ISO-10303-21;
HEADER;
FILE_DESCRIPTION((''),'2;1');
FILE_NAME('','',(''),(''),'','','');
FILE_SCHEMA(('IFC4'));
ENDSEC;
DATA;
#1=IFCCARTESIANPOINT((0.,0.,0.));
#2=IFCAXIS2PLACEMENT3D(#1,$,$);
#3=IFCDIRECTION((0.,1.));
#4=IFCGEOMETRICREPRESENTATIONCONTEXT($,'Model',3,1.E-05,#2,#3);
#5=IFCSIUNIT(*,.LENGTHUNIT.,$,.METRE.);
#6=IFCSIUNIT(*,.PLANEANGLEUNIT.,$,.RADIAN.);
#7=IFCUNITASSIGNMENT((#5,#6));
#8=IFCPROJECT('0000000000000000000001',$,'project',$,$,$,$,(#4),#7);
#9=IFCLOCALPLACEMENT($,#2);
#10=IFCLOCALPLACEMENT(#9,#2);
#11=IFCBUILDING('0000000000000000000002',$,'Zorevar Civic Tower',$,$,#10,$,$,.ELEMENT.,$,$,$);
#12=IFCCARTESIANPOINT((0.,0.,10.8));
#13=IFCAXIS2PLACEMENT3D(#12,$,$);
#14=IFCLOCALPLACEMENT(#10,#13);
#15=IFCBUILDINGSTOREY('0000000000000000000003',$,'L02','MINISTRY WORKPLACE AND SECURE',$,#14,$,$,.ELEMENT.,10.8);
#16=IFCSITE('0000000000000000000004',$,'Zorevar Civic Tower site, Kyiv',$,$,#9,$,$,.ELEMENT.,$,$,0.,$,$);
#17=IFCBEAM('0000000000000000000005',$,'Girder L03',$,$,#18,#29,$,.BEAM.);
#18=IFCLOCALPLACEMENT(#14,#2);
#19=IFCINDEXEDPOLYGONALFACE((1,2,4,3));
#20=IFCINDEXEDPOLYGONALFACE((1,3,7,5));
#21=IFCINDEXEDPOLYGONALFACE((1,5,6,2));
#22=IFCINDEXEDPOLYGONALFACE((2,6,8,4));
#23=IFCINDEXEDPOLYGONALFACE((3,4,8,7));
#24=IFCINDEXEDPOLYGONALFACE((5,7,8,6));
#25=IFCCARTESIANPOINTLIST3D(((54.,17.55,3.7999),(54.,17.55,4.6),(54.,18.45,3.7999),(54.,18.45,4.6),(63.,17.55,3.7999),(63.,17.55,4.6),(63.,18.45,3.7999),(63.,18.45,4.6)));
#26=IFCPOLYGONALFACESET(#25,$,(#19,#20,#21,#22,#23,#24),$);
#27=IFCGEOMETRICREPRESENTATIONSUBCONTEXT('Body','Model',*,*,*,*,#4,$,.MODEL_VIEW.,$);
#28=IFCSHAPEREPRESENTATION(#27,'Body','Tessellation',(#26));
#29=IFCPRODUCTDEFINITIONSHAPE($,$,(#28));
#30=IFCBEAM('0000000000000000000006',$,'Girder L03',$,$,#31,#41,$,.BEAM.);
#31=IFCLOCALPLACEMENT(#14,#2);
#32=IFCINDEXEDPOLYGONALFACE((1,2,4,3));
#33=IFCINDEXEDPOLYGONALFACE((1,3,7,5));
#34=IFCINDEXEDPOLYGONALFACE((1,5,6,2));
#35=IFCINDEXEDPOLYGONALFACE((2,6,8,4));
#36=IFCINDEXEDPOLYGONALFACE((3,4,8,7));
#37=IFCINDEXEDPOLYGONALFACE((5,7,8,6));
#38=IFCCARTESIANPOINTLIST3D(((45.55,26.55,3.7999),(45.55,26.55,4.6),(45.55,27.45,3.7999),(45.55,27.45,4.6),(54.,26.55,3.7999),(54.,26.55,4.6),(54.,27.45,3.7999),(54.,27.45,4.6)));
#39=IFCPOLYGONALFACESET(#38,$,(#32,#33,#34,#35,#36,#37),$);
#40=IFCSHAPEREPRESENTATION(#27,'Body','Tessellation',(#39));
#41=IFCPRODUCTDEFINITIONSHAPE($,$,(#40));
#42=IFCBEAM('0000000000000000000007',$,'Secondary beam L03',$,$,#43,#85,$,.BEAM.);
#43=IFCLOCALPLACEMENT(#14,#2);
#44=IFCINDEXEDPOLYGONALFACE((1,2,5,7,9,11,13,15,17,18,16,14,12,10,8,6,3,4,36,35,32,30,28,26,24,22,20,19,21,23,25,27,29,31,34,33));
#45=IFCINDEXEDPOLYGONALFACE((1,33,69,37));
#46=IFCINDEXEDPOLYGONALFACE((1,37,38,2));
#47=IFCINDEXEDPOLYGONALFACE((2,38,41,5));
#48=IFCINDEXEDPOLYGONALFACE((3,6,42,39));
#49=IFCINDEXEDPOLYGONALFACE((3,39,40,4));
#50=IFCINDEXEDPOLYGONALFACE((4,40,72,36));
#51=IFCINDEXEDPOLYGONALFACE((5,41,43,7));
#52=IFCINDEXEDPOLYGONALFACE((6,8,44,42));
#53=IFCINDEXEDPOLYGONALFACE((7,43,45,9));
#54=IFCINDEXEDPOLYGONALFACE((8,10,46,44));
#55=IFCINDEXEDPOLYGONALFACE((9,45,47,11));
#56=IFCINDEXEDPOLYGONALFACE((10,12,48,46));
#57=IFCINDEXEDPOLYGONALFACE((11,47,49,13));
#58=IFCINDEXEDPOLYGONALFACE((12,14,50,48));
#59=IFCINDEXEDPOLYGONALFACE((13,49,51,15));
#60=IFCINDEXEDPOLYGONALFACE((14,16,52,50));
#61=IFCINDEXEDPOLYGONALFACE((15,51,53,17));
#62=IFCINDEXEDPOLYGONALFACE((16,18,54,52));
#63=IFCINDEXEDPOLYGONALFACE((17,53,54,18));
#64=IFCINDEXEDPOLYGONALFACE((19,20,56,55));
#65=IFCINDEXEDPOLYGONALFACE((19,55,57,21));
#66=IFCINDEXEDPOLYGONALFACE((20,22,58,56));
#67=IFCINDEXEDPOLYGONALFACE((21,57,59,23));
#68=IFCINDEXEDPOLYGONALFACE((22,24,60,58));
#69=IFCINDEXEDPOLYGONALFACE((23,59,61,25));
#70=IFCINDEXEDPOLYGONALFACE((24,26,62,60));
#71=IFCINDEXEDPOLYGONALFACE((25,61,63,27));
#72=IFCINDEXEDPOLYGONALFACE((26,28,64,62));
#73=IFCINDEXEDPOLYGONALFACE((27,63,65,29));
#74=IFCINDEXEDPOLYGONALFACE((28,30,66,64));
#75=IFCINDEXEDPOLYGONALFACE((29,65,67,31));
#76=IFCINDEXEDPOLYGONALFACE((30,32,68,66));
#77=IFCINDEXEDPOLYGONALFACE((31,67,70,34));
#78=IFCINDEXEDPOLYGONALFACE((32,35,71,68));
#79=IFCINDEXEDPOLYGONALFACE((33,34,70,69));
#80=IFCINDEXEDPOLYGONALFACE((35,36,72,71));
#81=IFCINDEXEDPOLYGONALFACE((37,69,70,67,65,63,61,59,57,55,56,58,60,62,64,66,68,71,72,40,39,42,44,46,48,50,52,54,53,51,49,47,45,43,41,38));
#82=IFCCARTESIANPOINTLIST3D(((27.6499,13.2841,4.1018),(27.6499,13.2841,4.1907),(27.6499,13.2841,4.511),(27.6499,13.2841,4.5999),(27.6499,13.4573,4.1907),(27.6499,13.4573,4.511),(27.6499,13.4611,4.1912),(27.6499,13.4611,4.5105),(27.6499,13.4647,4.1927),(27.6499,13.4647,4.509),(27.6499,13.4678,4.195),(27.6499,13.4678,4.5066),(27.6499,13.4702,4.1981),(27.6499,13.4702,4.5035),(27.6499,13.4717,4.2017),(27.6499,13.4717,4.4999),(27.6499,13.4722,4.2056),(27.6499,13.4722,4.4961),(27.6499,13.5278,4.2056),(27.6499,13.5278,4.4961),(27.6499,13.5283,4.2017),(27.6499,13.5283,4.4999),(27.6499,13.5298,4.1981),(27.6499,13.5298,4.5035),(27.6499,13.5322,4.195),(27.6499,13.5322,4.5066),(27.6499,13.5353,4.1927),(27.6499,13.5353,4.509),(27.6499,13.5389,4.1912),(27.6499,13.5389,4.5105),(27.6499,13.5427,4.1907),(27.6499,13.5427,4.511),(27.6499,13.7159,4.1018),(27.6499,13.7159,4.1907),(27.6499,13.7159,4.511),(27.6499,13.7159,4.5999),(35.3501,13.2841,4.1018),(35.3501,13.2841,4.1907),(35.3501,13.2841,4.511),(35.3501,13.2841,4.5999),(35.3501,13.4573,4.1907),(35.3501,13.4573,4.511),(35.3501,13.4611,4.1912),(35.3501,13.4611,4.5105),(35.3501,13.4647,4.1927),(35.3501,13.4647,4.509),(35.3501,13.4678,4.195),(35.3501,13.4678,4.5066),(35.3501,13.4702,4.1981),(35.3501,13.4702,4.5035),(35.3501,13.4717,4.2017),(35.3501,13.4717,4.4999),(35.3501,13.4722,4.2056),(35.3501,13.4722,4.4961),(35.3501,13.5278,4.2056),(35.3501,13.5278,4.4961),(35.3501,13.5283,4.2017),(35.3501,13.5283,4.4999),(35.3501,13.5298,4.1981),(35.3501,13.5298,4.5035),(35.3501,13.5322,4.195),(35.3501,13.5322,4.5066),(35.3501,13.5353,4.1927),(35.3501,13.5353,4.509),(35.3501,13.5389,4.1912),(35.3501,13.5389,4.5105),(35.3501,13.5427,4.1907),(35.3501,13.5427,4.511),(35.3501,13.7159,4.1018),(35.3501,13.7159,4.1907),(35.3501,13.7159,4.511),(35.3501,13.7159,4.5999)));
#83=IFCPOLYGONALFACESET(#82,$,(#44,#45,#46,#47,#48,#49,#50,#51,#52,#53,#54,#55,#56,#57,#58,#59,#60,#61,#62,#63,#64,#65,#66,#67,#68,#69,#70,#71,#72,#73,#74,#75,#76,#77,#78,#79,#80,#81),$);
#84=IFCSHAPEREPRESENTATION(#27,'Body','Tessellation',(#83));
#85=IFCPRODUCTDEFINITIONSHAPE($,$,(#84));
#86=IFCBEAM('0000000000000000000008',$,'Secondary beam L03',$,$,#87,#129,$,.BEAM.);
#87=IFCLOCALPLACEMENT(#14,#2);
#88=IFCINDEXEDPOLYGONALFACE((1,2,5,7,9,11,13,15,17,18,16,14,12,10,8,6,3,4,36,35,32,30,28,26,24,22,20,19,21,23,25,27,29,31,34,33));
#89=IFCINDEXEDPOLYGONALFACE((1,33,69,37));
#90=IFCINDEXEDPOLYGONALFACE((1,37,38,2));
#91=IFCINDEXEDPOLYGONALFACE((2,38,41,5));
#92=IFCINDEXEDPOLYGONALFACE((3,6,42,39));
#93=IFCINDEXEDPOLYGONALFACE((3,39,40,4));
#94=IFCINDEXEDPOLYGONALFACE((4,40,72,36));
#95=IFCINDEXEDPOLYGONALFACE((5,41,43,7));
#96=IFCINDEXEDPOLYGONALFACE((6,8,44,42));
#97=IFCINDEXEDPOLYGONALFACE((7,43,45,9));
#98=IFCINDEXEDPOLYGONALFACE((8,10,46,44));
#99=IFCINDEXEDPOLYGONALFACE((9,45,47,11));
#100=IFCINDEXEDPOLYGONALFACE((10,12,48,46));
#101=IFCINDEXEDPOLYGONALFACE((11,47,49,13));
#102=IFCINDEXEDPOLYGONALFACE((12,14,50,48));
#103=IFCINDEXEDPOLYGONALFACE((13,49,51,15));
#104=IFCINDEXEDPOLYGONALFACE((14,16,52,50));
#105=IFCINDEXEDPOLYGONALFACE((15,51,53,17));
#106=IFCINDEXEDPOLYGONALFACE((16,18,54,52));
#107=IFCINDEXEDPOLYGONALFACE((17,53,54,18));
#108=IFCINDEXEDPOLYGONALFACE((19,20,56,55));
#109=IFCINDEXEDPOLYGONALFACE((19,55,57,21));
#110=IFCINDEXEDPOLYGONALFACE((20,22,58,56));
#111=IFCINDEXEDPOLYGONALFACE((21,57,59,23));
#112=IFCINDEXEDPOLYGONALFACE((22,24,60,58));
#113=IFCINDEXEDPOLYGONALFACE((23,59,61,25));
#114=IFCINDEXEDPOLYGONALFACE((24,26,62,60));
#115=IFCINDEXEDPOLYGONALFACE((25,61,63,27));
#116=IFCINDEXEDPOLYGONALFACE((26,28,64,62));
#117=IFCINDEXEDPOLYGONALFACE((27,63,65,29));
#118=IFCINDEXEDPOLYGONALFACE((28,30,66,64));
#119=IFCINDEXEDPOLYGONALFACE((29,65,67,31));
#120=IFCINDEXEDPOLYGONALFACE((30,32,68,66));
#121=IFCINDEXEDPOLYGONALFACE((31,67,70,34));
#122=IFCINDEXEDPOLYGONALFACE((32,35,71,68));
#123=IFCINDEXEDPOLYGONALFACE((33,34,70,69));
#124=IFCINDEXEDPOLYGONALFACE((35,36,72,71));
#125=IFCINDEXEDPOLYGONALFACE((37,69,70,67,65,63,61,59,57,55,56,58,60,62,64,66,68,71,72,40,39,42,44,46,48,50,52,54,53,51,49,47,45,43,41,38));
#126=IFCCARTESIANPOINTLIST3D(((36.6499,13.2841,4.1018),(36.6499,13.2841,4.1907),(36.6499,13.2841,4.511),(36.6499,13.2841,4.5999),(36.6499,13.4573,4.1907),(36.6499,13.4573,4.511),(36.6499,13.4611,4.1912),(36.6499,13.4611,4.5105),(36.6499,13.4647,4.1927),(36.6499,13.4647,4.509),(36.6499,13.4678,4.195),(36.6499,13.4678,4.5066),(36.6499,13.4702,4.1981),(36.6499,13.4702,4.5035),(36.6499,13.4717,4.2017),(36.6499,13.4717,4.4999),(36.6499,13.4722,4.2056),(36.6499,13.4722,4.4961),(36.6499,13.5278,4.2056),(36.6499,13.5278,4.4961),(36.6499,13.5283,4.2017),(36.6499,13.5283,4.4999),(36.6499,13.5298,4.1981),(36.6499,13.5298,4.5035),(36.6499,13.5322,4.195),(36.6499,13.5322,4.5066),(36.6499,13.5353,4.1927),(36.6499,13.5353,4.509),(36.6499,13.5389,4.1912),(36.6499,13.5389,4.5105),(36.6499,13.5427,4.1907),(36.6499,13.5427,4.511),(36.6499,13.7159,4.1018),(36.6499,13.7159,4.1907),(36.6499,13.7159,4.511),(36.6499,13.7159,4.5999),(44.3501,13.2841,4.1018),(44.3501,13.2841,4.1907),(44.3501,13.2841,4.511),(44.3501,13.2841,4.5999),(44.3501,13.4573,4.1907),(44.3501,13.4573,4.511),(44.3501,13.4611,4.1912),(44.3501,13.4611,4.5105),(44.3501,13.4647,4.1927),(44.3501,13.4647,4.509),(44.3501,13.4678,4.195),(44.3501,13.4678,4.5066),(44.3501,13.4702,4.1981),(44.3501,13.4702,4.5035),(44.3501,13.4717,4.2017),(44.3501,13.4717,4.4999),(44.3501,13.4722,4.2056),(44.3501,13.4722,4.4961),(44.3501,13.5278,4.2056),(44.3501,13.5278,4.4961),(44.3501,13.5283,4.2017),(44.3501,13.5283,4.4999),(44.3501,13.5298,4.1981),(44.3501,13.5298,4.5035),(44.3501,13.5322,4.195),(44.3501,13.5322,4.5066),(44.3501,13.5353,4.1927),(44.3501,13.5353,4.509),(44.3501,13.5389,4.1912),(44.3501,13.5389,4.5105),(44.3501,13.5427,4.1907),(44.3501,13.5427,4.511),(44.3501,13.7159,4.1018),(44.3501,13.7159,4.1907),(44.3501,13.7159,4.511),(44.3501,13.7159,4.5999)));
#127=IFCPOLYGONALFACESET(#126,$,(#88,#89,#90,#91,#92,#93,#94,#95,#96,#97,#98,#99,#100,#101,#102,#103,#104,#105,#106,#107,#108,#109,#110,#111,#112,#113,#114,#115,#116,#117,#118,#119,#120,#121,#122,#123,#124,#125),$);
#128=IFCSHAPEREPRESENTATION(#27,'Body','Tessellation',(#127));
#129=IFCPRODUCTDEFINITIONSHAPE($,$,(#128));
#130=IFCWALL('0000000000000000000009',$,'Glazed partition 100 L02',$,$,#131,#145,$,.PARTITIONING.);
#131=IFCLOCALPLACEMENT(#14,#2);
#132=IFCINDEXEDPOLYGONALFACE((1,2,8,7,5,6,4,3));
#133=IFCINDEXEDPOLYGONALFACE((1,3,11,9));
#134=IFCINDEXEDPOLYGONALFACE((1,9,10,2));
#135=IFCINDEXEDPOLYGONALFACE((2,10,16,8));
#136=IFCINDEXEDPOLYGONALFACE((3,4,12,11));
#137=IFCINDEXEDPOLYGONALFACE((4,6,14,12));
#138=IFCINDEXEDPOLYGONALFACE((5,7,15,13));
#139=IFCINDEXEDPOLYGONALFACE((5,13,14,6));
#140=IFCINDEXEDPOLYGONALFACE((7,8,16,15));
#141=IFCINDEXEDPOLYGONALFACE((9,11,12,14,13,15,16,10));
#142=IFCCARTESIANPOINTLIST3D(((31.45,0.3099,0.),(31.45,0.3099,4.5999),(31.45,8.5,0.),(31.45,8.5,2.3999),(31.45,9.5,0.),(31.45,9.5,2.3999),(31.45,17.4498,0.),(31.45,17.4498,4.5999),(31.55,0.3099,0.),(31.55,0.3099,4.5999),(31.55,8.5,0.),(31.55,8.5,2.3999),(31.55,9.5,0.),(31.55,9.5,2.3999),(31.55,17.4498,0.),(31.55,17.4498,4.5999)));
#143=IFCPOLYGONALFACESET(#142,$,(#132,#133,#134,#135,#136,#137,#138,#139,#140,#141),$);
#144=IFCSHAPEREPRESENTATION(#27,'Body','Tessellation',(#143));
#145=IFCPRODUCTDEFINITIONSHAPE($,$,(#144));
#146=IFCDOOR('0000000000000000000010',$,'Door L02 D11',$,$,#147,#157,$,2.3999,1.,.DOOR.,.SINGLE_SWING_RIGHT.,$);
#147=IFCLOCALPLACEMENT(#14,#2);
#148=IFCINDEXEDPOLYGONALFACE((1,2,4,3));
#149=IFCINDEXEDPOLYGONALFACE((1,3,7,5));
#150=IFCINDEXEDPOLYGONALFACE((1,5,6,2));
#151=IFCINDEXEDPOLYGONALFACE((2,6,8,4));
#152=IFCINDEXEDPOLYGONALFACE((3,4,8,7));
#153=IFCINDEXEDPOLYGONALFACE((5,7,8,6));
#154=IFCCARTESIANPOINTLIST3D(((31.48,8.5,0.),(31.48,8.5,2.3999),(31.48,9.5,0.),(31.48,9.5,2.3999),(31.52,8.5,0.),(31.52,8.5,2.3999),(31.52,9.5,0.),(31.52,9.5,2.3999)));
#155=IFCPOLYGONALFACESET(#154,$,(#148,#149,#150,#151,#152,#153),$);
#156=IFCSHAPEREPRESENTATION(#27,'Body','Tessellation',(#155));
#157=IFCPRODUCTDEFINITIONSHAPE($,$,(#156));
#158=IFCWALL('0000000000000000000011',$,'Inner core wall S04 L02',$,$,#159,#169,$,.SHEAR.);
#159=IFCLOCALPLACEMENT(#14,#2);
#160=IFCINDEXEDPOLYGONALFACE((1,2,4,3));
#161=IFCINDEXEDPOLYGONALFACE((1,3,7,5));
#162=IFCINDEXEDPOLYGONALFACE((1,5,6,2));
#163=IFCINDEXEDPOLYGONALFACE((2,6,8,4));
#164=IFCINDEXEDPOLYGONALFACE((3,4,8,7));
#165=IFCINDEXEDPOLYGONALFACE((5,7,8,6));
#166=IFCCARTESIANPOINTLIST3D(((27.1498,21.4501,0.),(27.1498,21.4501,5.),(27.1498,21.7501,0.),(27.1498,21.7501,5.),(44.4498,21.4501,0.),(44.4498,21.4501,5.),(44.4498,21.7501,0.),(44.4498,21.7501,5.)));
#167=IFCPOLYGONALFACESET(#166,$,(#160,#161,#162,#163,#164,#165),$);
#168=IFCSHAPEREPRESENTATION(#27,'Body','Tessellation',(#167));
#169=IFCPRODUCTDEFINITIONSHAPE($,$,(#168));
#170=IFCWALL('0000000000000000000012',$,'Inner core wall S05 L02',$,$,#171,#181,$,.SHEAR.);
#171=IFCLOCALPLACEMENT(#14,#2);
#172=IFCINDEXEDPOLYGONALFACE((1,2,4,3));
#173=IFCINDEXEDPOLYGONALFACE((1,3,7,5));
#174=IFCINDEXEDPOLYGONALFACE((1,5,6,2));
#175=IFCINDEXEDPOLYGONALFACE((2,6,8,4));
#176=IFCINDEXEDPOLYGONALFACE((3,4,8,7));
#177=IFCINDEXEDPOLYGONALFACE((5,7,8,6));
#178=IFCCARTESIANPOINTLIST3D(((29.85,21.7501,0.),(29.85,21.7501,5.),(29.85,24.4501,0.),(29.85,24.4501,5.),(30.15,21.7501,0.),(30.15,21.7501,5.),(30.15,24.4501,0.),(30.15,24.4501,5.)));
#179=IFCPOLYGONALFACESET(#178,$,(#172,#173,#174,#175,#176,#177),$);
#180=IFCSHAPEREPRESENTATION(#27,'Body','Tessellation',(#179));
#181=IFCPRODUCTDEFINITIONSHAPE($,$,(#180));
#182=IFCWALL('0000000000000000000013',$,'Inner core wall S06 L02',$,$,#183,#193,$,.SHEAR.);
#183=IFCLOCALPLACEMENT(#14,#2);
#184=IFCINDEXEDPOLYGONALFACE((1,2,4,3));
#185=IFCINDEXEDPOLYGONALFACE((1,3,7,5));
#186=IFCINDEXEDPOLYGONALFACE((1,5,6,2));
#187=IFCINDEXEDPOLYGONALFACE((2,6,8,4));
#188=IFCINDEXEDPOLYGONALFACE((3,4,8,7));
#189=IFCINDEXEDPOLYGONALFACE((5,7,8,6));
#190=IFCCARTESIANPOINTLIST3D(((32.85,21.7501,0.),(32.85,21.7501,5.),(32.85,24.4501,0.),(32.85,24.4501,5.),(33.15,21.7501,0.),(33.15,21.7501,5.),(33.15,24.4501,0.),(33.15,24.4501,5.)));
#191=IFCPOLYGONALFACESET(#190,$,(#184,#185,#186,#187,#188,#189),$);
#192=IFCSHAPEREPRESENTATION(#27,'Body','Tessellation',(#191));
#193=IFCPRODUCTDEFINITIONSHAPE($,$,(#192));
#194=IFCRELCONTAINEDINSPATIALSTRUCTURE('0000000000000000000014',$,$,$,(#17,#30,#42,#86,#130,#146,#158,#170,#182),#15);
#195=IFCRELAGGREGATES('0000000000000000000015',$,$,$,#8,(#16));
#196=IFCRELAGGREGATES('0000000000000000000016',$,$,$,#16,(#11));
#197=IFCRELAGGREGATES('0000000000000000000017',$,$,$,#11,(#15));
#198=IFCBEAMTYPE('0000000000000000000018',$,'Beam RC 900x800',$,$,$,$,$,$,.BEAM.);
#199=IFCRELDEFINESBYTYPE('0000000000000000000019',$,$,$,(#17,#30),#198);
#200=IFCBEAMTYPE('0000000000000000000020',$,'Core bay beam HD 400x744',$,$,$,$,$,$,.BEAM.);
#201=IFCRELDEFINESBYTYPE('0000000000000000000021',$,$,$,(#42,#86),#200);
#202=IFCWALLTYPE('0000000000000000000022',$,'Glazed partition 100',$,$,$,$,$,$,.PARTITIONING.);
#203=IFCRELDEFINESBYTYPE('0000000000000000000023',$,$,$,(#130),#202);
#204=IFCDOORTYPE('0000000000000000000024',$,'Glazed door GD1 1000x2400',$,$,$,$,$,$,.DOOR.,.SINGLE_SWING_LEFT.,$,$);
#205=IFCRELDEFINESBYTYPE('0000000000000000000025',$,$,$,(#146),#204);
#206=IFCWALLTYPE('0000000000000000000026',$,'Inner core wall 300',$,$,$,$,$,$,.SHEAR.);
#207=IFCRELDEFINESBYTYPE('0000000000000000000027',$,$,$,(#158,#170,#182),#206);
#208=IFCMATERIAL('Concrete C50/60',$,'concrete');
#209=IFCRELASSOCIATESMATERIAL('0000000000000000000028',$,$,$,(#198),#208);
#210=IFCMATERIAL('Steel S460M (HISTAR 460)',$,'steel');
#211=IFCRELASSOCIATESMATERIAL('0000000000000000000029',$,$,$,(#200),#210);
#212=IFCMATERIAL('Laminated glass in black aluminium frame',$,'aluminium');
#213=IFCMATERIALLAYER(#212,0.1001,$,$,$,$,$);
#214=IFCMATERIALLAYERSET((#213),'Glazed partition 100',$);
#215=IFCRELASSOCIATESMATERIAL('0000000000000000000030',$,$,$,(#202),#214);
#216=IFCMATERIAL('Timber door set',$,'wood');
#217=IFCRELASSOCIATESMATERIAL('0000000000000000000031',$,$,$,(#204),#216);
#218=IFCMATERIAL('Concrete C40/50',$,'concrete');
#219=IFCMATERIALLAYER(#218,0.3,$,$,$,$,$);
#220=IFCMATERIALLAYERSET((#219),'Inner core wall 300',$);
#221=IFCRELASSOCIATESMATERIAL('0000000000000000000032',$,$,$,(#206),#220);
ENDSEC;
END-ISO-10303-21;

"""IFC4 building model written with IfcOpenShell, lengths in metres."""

from ifc_helpers import new_model, si_unit, direction, frame, frame_2d, origin, origin_2d, place, context, subcontext, project, spatial, rectangle, i_section, extrude, material, layer, layer_set, material_profile, profile_set, type_object, element, fill, save


model = new_model("IFC4")

# Units and contexts
model_context = context("Model", 3, precision=1e-05, world=origin(), true_north=direction((0.0, 1.0)))
body_context = subcontext(model_context, "Body", "Model", "MODEL_VIEW")
ifc_project = project(units=[si_unit("LENGTHUNIT", "METRE"), si_unit("PLANEANGLEUNIT", "RADIAN")], contexts=[model_context])

# Site, building, storey
site_placement = place(None, origin())
site = spatial("IfcSite", under=ifc_project, at=site_placement, Name="Zorevar Civic Tower site, Kyiv", CompositionType="ELEMENT", RefElevation=0.0)
building_placement = place(site_placement, origin())
building = spatial("IfcBuilding", under=site, at=building_placement, Name="Zorevar Civic Tower", CompositionType="ELEMENT")
storey_placement = place(building_placement, frame((0.0, 0.0, 10.8)))
storey = spatial("IfcBuildingStorey", under=building, at=storey_placement, Name="L02", Description="MINISTRY WORKPLACE AND SECURE", CompositionType="ELEMENT", Elevation=10.8)

# Beams
ifc_material_1 = material(Name="Concrete C50/60", Category="concrete")
ifc_material_profile_1 = material_profile(ifc_material_1, rectangle(XDim=0.8999, YDim=0.8, at=origin_2d()), Name="RC 900x800")
ifc_profile_set_1 = profile_set([ifc_material_profile_1], Name="Concrete C50/60")
beam_type_1 = type_object("IfcBeamType", Name="Beam RC 900x800", PredefinedType="BEAM", material=ifc_profile_set_1)
beam_1_placement = place(storey_placement, frame((54.0, 18.0, 4.2), z_axis=(1.0, 0.0, 0.0), x_axis=(0.0, 1.0, 0.0)))
element("IfcBeam", 1, at=beam_1_placement, inside=storey, type_object=beam_type_1, Name="Girder L03", PredefinedType="BEAM", context=body_context, shape_type="SweptSolid", body=[
    extrude(rectangle(XDim=0.8999, YDim=0.8, at=origin_2d()), origin(), (0.0, 0.0, 1.0), 9.0),
])
beam_2_placement = place(storey_placement, frame((45.55, 27.0, 4.2), z_axis=(1.0, 0.0, 0.0), x_axis=(0.0, 1.0, 0.0)))
element("IfcBeam", 2, at=beam_2_placement, inside=storey, type_object=beam_type_1, Name="Girder L03", PredefinedType="BEAM", context=body_context, shape_type="SweptSolid", body=[
    extrude(rectangle(XDim=0.8999, YDim=0.8, at=origin_2d()), origin(), (0.0, 0.0, 1.0), 8.45),
])
ifc_material_2 = material(Name="Steel S460M (HISTAR 460)", Category="steel")
ifc_material_profile_2 = material_profile(ifc_material_2, i_section(OverallWidth=0.4319, OverallDepth=0.498, WebThickness=0.0557, FlangeThickness=0.0889, FilletRadius=0.0149, at=origin_2d()), Name="HD 400x744")
ifc_profile_set_2 = profile_set([ifc_material_profile_2], Name="Steel S460M (HISTAR 460)")
beam_type_2 = type_object("IfcBeamType", Name="Core bay beam HD 400x744", PredefinedType="BEAM", material=ifc_profile_set_2)
for number, where, z_axis, x_axis, name in (
    (3, (27.6499, 13.5, 4.3508), (1.0, 0.0, 0.0), (0.0, 1.0, 0.0), "Secondary beam L03"),
    (4, (36.6499, 13.5, 4.3508), (1.0, 0.0, 0.0), (0.0, 1.0, 0.0), "Secondary beam L03"),
):
    element("IfcBeam", number, at=place(storey_placement, frame(where, z_axis=z_axis, x_axis=x_axis)), inside=storey, type_object=beam_type_2, Name=name, PredefinedType="BEAM", context=body_context, shape_type="SweptSolid", body=[
        extrude(i_section(OverallWidth=0.4319, OverallDepth=0.498, WebThickness=0.0557, FlangeThickness=0.0889, FilletRadius=0.0149, at=origin_2d()), origin(), (0.0, 0.0, 1.0), 7.7002),
    ])

# Wall, opening, door
ifc_material_3 = material(Name="Laminated glass in black aluminium frame", Category="aluminium")
ifc_layer_1 = layer(ifc_material_3, 0.1001)
ifc_layer_set_1 = layer_set([ifc_layer_1], Name="Glazed partition 100")
wall_type_1 = type_object("IfcWallType", Name="Glazed partition 100", PredefinedType="PARTITIONING", material=ifc_layer_set_1)
wall_1_placement = place(storey_placement, frame((31.5, 0.3101, 0.0), z_axis=(0.0, 0.0, 1.0), x_axis=(0.0, 1.0, 0.0)))
wall_1 = element("IfcWall", 5, at=wall_1_placement, inside=storey, type_object=wall_type_1, Name="Glazed partition 100 L02", PredefinedType="PARTITIONING", context=body_context, shape_type="SweptSolid", body=[
    extrude(rectangle(XDim=17.1399, YDim=0.1001, at=frame_2d((8.5698, 0.0))), origin(), (0.0, 0.0, 1.0), 4.5999),
])
opening_1_placement = place(wall_1_placement, frame((8.1899, 0.0, 0.0)))
opening_1 = element("IfcOpeningElement", 6, at=opening_1_placement, cuts=wall_1, PredefinedType="OPENING", context=body_context, shape_type="SweptSolid", body=[
    extrude(rectangle(XDim=1.0, YDim=2.3999, at=frame_2d((0.5, 1.2))), frame((0.0, 0.0601, 0.0), z_axis=(0.0, -1.0, 0.0), x_axis=(1.0, 0.0, 0.0)), (0.0, 0.0, 1.0), 0.1201),
])
ifc_material_4 = material(Name="Timber door set", Category="wood")
door_type_1 = type_object("IfcDoorType", Name="Glazed door GD1 1000x2400", OperationType="SINGLE_SWING_LEFT", PredefinedType="DOOR", material=ifc_material_4)
door_1_placement = place(opening_1_placement, origin())
door_1 = element("IfcDoor", 7, at=door_1_placement, inside=storey, type_object=door_type_1, Name="Door L02 D11", OperationType="SINGLE_SWING_RIGHT", OverallHeight=2.3999, OverallWidth=1.0, PredefinedType="DOOR", context=body_context, shape_type="SweptSolid", body=[
    extrude(rectangle(XDim=1.0, YDim=2.3999, at=frame_2d((0.5, 1.2))), frame((0.0, 0.02, 0.0), z_axis=(0.0, -1.0, 0.0), x_axis=(1.0, 0.0, 0.0)), (0.0, 0.0, 1.0), 0.04),
])
fill(opening_1, door_1)

# Walls
ifc_material_5 = material(Name="Concrete C40/50", Category="concrete")
ifc_layer_2 = layer(ifc_material_5, 0.3)
ifc_layer_set_2 = layer_set([ifc_layer_2], Name="Inner core wall 300")
wall_type_2 = type_object("IfcWallType", Name="Inner core wall 300", PredefinedType="SHEAR", material=ifc_layer_set_2)
wall_2_placement = place(storey_placement, frame((27.1499, 21.6001, 0.0), z_axis=(0.0, 0.0, 1.0), x_axis=(1.0, 0.0, 0.0)))
element("IfcWall", 8, at=wall_2_placement, inside=storey, type_object=wall_type_2, Name="Inner core wall S04 L02", PredefinedType="SHEAR", context=body_context, shape_type="SweptSolid", body=[
    extrude(rectangle(XDim=17.3, YDim=0.3, at=frame_2d((8.6499, 0.0))), origin(), (0.0, 0.0, 1.0), 5.0),
])
for number, where, z_axis, x_axis, name in (
    (9, (30.0, 21.75, 0.0), (0.0, 0.0, 1.0), (0.0, 1.0, 0.0), "Inner core wall S05 L02"),
    (10, (33.0, 21.75, 0.0), (0.0, 0.0, 1.0), (0.0, 1.0, 0.0), "Inner core wall S06 L02"),
):
    element("IfcWall", number, at=place(storey_placement, frame(where, z_axis=z_axis, x_axis=x_axis)), inside=storey, type_object=wall_type_2, Name=name, PredefinedType="SHEAR", context=body_context, shape_type="SweptSolid", body=[
        extrude(rectangle(XDim=2.7, YDim=0.3, at=frame_2d((1.3501, 0.0))), origin(), (0.0, 0.0, 1.0), 5.0),
    ])

save(model, "model.ifc")
